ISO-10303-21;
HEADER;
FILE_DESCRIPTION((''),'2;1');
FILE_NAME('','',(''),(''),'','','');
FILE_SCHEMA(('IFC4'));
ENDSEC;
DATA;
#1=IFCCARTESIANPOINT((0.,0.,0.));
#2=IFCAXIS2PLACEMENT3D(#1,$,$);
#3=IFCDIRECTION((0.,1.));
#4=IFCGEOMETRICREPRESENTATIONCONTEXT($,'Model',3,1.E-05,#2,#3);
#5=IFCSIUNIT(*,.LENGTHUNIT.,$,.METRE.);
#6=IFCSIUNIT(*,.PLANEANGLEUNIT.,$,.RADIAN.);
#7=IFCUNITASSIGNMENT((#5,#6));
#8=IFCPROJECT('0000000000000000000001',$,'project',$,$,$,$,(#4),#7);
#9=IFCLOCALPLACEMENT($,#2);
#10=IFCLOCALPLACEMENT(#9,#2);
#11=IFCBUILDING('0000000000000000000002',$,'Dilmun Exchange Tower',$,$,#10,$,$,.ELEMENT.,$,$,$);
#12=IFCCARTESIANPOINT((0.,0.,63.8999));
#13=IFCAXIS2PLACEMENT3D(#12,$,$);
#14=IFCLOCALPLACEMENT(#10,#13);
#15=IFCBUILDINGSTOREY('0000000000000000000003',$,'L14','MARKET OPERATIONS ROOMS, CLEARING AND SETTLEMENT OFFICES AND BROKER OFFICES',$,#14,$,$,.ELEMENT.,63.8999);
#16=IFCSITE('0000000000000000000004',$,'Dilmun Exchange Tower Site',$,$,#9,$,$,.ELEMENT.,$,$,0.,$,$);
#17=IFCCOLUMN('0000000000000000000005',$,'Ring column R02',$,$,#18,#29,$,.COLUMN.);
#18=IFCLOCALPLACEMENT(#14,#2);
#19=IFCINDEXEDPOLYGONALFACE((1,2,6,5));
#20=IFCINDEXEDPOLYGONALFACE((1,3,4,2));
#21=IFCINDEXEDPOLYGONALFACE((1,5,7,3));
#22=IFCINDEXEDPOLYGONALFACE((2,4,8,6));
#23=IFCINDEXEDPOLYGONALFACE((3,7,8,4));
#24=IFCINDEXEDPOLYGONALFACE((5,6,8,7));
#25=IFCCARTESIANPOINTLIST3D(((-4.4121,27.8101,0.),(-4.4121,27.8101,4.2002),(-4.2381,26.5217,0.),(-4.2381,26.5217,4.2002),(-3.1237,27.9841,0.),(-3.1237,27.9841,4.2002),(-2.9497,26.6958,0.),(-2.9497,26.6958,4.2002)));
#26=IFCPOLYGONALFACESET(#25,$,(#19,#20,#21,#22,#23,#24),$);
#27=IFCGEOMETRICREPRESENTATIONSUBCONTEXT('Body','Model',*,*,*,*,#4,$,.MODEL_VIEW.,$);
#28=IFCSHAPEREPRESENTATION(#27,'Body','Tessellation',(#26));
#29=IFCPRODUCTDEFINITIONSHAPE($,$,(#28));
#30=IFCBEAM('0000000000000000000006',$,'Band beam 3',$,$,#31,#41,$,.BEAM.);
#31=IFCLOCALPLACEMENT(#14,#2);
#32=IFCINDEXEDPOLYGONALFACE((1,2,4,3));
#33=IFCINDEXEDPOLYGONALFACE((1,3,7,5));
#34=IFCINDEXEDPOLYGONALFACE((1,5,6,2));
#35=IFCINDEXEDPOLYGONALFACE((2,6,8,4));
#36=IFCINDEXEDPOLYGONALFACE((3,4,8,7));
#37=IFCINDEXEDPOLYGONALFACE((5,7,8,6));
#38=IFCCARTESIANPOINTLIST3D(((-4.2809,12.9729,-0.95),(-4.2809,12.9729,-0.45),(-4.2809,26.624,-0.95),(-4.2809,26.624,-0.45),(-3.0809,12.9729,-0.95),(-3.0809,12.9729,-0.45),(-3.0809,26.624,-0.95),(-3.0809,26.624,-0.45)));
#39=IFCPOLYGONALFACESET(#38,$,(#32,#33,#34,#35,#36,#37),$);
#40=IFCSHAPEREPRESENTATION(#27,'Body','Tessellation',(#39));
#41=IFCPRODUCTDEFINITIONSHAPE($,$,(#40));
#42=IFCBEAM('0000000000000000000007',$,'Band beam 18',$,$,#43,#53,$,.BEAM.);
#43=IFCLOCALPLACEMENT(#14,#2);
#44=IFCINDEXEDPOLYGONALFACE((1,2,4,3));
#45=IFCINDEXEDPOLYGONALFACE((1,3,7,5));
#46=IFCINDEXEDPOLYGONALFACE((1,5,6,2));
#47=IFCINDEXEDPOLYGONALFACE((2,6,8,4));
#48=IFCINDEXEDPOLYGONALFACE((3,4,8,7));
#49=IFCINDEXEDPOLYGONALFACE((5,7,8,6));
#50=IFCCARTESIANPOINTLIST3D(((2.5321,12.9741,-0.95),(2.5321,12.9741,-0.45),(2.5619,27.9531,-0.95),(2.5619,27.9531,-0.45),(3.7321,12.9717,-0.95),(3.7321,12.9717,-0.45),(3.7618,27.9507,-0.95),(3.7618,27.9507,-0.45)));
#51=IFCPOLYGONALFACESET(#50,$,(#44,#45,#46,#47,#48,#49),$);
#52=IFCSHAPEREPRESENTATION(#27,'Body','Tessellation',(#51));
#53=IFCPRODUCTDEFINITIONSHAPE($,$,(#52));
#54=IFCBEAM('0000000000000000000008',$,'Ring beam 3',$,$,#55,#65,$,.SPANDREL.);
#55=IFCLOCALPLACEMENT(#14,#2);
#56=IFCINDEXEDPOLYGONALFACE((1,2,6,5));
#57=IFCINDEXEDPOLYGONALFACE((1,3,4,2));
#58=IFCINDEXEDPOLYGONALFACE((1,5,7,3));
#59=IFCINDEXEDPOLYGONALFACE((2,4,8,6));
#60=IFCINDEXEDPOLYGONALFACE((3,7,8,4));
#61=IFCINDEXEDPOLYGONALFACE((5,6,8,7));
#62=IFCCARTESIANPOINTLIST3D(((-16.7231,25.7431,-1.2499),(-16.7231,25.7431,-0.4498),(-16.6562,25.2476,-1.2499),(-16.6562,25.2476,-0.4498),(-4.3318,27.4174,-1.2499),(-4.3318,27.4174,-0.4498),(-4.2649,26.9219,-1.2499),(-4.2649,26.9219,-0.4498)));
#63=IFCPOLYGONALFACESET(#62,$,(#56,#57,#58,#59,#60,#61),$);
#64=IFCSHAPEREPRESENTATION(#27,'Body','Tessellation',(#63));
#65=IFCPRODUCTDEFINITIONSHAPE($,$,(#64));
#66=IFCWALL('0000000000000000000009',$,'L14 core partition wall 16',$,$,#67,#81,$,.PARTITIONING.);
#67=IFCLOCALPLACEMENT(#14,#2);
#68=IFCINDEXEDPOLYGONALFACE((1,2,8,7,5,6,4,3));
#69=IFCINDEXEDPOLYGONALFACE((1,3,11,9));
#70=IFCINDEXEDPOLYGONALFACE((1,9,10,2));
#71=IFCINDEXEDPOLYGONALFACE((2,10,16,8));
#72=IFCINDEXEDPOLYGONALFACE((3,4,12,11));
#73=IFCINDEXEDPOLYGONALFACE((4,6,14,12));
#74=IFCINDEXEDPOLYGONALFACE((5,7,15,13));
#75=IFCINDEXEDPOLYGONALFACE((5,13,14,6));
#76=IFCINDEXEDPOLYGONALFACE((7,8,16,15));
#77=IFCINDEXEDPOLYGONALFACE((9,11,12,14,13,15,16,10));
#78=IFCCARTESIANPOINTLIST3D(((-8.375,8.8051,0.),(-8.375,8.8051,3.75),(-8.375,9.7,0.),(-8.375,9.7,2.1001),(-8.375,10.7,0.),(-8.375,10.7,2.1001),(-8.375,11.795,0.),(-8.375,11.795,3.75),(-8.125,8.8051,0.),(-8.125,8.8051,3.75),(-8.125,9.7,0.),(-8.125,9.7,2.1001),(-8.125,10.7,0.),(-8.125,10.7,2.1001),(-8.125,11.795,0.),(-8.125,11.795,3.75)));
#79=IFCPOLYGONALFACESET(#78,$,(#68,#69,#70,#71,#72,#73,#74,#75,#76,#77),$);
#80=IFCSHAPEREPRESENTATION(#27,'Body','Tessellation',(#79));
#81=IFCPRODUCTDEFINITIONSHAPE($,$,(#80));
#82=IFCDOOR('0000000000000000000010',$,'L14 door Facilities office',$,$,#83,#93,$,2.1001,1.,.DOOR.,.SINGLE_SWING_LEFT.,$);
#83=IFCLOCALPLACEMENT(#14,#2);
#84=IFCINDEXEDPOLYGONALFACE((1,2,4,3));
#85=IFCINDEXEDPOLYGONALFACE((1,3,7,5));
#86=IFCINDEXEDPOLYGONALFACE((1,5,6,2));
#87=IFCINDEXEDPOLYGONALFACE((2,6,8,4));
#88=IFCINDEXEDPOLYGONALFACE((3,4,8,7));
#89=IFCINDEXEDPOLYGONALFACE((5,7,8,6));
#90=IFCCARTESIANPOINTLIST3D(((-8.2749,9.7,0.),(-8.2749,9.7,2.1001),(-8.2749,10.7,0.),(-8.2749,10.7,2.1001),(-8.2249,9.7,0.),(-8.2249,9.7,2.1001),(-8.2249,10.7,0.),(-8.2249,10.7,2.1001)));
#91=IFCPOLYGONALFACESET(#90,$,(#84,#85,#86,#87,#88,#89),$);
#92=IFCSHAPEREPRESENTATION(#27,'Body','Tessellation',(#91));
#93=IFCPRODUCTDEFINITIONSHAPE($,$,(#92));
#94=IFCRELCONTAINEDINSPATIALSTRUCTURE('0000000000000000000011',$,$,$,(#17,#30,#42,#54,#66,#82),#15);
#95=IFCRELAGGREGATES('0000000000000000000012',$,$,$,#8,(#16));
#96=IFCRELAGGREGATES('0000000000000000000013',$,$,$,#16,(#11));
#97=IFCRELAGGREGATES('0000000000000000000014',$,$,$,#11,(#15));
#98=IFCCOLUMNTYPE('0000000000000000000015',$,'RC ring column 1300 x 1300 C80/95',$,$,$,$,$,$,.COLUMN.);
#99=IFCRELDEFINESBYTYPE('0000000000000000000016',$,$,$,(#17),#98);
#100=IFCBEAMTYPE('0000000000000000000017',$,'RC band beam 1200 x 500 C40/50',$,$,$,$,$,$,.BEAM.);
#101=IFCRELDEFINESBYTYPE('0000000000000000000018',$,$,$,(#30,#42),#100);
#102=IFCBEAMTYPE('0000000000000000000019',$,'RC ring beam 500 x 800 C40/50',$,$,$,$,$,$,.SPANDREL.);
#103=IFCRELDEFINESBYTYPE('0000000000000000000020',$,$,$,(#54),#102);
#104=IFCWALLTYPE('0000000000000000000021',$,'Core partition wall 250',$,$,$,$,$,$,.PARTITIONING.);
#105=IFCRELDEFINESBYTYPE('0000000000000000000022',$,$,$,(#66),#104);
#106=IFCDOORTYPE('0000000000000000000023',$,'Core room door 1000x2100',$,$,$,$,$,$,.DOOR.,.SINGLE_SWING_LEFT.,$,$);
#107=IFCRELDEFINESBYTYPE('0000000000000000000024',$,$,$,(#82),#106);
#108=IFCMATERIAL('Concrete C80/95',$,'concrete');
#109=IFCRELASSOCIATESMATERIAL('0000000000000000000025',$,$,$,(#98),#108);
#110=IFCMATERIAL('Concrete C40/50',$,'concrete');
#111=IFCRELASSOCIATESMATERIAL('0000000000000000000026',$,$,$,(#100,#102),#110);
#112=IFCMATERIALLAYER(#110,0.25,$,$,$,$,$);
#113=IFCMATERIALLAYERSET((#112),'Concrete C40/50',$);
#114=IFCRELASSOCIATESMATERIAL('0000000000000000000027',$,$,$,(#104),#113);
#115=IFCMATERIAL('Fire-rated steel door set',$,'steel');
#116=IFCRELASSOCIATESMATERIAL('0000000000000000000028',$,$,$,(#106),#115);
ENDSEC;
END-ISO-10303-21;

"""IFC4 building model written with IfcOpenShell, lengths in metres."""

from ifc_helpers import new_model, si_unit, direction, frame, frame_2d, origin, origin_2d, place, context, subcontext, project, spatial, rectangle, extrude, material, layer, layer_set, material_profile, profile_set, type_object, element, fill, save


model = new_model("IFC4")

# Units and contexts
model_context = context("Model", 3, precision=1e-05, world=origin(), true_north=direction((0.0, 1.0)))
body_context = subcontext(model_context, "Body", "Model", "MODEL_VIEW")
ifc_project = project(units=[si_unit("LENGTHUNIT", "METRE"), si_unit("PLANEANGLEUNIT", "RADIAN")], contexts=[model_context])

# Site, building, storey
site_placement = place(None, origin())
site = spatial("IfcSite", under=ifc_project, at=site_placement, Name="Dilmun Exchange Tower Site", CompositionType="ELEMENT", RefElevation=0.0)
building_placement = place(site_placement, origin())
building = spatial("IfcBuilding", under=site, at=building_placement, Name="Dilmun Exchange Tower", CompositionType="ELEMENT")
storey_placement = place(building_placement, frame((0.0, 0.0, 63.8999)))
storey = spatial("IfcBuildingStorey", under=building, at=storey_placement, Name="L14", Description="MARKET OPERATIONS ROOMS, CLEARING AND SETTLEMENT OFFICES AND BROKER OFFICES", CompositionType="ELEMENT", Elevation=63.8999)

# Column
ifc_material_1 = material(Name="Concrete C80/95", Category="concrete")
ifc_material_profile_1 = material_profile(ifc_material_1, rectangle(XDim=1.3, YDim=1.3, at=origin_2d()), Name="1300 x 1300")
ifc_profile_set_1 = profile_set([ifc_material_profile_1], Name="Concrete C80/95")
column_type = type_object("IfcColumnType", Name="RC ring column 1300 x 1300 C80/95", PredefinedType="COLUMN", material=ifc_profile_set_1)
column_placement = place(storey_placement, frame((-3.6809, 27.2529, 0.0), z_axis=(0.0, 0.0, 1.0), x_axis=(0.991001, 0.133853, 0.0)))
element("IfcColumn", 1, at=column_placement, inside=storey, type_object=column_type, Name="Ring column R02", PredefinedType="COLUMN", context=body_context, shape_type="SweptSolid", body=[
    extrude(rectangle(XDim=1.3, YDim=1.3, at=origin_2d()), origin(), (0.0, 0.0, 1.0), 4.2002),
])

# Beams
ifc_material_2 = material(Name="Concrete C40/50", Category="concrete")
ifc_material_profile_2 = material_profile(ifc_material_2, rectangle(XDim=1.2, YDim=0.5, at=origin_2d()), Name="1200 x 500")
ifc_profile_set_2 = profile_set([ifc_material_profile_2], Name="Concrete C40/50")
beam_type_1 = type_object("IfcBeamType", Name="RC band beam 1200 x 500 C40/50", PredefinedType="BEAM", material=ifc_profile_set_2)
beam_1_placement = place(storey_placement, frame((-3.6809, 26.624, -0.7), z_axis=(0.0, -1.0, 0.0), x_axis=(1.0, 0.0, 0.0)))
element("IfcBeam", 2, at=beam_1_placement, inside=storey, type_object=beam_type_1, Name="Band beam 3", PredefinedType="BEAM", context=body_context, shape_type="SweptSolid", body=[
    extrude(rectangle(XDim=1.2, YDim=0.5, at=origin_2d()), origin(), (0.0, 0.0, 1.0), 13.6511),
])
beam_2_placement = place(storey_placement, frame((3.1619, 27.9519, -0.7), z_axis=(-0.001988, -0.999998, 0.0), x_axis=(0.999998, -0.001988, 0.0)))
element("IfcBeam", 3, at=beam_2_placement, inside=storey, type_object=beam_type_1, Name="Band beam 18", PredefinedType="BEAM", context=body_context, shape_type="SweptSolid", body=[
    extrude(rectangle(XDim=1.2, YDim=0.5, at=origin_2d()), origin(), (0.0, 0.0, 1.0), 14.979),
])
ifc_material_profile_3 = material_profile(ifc_material_2, rectangle(XDim=0.5, YDim=0.8, at=origin_2d()), Name="500 x 800")
ifc_profile_set_3 = profile_set([ifc_material_profile_3], Name="Concrete C40/50")
beam_type_2 = type_object("IfcBeamType", Name="RC ring beam 500 x 800 C40/50", PredefinedType="SPANDREL", material=ifc_profile_set_3)
beam_3_placement = place(storey_placement, frame((-4.2983, 27.1697, -0.8499), z_axis=(-0.990994, -0.133903, 0.0), x_axis=(0.133903, -0.990994, 0.0)))
element("IfcBeam", 4, at=beam_3_placement, inside=storey, type_object=beam_type_2, Name="Ring beam 3", PredefinedType="SPANDREL", context=body_context, shape_type="SweptSolid", body=[
    extrude(rectangle(XDim=0.5, YDim=0.8, at=origin_2d()), origin(), (0.0, 0.0, 1.0), 12.5039),
])

# Wall, opening, door
ifc_layer_1 = layer(ifc_material_2, 0.25)
ifc_layer_set_1 = layer_set([ifc_layer_1], Name="Concrete C40/50")
wall_type_1 = type_object("IfcWallType", Name="Core partition wall 250", PredefinedType="PARTITIONING", material=ifc_layer_set_1)
wall_1_placement = place(storey_placement, frame((-8.25, 8.8049, 0.0), z_axis=(0.0, 0.0, 1.0), x_axis=(0.0, 1.0, 0.0)))
wall_1 = element("IfcWall", 5, at=wall_1_placement, inside=storey, type_object=wall_type_1, Name="L14 core partition wall 16", PredefinedType="PARTITIONING", context=body_context, shape_type="SweptSolid", body=[
    extrude(rectangle(XDim=2.99, YDim=0.25, at=frame_2d((1.4951, 0.0))), origin(), (0.0, 0.0, 1.0), 3.75),
])
opening_1_placement = place(wall_1_placement, frame((0.895, 0.0, 0.0)))
opening_1 = element("IfcOpeningElement", 6, at=opening_1_placement, cuts=wall_1, PredefinedType="OPENING", context=body_context, shape_type="SweptSolid", body=[
    extrude(rectangle(XDim=1.0, YDim=2.1001, at=frame_2d((0.5, 1.05))), frame((0.0, 0.135, 0.0), z_axis=(0.0, -1.0, 0.0), x_axis=(1.0, 0.0, 0.0)), (0.0, 0.0, 1.0), 0.27),
])
ifc_material_3 = material(Name="Fire-rated steel door set", Category="steel")
door_type_1 = type_object("IfcDoorType", Name="Core room door 1000x2100", OperationType="SINGLE_SWING_LEFT", PredefinedType="DOOR", material=ifc_material_3)
door_1_placement = place(opening_1_placement, origin())
door_1 = element("IfcDoor", 7, at=door_1_placement, inside=storey, type_object=door_type_1, Name="L14 door Facilities office", OperationType="SINGLE_SWING_LEFT", OverallHeight=2.1001, OverallWidth=1.0, PredefinedType="DOOR", context=body_context, shape_type="SweptSolid", body=[
    extrude(rectangle(XDim=1.0, YDim=2.1001, at=frame_2d((0.5, 1.05))), frame((0.0, 0.0249, 0.0), z_axis=(0.0, -1.0, 0.0), x_axis=(1.0, 0.0, 0.0)), (0.0, 0.0, 1.0), 0.05),
])
fill(opening_1, door_1)

save(model, "model.ifc")
